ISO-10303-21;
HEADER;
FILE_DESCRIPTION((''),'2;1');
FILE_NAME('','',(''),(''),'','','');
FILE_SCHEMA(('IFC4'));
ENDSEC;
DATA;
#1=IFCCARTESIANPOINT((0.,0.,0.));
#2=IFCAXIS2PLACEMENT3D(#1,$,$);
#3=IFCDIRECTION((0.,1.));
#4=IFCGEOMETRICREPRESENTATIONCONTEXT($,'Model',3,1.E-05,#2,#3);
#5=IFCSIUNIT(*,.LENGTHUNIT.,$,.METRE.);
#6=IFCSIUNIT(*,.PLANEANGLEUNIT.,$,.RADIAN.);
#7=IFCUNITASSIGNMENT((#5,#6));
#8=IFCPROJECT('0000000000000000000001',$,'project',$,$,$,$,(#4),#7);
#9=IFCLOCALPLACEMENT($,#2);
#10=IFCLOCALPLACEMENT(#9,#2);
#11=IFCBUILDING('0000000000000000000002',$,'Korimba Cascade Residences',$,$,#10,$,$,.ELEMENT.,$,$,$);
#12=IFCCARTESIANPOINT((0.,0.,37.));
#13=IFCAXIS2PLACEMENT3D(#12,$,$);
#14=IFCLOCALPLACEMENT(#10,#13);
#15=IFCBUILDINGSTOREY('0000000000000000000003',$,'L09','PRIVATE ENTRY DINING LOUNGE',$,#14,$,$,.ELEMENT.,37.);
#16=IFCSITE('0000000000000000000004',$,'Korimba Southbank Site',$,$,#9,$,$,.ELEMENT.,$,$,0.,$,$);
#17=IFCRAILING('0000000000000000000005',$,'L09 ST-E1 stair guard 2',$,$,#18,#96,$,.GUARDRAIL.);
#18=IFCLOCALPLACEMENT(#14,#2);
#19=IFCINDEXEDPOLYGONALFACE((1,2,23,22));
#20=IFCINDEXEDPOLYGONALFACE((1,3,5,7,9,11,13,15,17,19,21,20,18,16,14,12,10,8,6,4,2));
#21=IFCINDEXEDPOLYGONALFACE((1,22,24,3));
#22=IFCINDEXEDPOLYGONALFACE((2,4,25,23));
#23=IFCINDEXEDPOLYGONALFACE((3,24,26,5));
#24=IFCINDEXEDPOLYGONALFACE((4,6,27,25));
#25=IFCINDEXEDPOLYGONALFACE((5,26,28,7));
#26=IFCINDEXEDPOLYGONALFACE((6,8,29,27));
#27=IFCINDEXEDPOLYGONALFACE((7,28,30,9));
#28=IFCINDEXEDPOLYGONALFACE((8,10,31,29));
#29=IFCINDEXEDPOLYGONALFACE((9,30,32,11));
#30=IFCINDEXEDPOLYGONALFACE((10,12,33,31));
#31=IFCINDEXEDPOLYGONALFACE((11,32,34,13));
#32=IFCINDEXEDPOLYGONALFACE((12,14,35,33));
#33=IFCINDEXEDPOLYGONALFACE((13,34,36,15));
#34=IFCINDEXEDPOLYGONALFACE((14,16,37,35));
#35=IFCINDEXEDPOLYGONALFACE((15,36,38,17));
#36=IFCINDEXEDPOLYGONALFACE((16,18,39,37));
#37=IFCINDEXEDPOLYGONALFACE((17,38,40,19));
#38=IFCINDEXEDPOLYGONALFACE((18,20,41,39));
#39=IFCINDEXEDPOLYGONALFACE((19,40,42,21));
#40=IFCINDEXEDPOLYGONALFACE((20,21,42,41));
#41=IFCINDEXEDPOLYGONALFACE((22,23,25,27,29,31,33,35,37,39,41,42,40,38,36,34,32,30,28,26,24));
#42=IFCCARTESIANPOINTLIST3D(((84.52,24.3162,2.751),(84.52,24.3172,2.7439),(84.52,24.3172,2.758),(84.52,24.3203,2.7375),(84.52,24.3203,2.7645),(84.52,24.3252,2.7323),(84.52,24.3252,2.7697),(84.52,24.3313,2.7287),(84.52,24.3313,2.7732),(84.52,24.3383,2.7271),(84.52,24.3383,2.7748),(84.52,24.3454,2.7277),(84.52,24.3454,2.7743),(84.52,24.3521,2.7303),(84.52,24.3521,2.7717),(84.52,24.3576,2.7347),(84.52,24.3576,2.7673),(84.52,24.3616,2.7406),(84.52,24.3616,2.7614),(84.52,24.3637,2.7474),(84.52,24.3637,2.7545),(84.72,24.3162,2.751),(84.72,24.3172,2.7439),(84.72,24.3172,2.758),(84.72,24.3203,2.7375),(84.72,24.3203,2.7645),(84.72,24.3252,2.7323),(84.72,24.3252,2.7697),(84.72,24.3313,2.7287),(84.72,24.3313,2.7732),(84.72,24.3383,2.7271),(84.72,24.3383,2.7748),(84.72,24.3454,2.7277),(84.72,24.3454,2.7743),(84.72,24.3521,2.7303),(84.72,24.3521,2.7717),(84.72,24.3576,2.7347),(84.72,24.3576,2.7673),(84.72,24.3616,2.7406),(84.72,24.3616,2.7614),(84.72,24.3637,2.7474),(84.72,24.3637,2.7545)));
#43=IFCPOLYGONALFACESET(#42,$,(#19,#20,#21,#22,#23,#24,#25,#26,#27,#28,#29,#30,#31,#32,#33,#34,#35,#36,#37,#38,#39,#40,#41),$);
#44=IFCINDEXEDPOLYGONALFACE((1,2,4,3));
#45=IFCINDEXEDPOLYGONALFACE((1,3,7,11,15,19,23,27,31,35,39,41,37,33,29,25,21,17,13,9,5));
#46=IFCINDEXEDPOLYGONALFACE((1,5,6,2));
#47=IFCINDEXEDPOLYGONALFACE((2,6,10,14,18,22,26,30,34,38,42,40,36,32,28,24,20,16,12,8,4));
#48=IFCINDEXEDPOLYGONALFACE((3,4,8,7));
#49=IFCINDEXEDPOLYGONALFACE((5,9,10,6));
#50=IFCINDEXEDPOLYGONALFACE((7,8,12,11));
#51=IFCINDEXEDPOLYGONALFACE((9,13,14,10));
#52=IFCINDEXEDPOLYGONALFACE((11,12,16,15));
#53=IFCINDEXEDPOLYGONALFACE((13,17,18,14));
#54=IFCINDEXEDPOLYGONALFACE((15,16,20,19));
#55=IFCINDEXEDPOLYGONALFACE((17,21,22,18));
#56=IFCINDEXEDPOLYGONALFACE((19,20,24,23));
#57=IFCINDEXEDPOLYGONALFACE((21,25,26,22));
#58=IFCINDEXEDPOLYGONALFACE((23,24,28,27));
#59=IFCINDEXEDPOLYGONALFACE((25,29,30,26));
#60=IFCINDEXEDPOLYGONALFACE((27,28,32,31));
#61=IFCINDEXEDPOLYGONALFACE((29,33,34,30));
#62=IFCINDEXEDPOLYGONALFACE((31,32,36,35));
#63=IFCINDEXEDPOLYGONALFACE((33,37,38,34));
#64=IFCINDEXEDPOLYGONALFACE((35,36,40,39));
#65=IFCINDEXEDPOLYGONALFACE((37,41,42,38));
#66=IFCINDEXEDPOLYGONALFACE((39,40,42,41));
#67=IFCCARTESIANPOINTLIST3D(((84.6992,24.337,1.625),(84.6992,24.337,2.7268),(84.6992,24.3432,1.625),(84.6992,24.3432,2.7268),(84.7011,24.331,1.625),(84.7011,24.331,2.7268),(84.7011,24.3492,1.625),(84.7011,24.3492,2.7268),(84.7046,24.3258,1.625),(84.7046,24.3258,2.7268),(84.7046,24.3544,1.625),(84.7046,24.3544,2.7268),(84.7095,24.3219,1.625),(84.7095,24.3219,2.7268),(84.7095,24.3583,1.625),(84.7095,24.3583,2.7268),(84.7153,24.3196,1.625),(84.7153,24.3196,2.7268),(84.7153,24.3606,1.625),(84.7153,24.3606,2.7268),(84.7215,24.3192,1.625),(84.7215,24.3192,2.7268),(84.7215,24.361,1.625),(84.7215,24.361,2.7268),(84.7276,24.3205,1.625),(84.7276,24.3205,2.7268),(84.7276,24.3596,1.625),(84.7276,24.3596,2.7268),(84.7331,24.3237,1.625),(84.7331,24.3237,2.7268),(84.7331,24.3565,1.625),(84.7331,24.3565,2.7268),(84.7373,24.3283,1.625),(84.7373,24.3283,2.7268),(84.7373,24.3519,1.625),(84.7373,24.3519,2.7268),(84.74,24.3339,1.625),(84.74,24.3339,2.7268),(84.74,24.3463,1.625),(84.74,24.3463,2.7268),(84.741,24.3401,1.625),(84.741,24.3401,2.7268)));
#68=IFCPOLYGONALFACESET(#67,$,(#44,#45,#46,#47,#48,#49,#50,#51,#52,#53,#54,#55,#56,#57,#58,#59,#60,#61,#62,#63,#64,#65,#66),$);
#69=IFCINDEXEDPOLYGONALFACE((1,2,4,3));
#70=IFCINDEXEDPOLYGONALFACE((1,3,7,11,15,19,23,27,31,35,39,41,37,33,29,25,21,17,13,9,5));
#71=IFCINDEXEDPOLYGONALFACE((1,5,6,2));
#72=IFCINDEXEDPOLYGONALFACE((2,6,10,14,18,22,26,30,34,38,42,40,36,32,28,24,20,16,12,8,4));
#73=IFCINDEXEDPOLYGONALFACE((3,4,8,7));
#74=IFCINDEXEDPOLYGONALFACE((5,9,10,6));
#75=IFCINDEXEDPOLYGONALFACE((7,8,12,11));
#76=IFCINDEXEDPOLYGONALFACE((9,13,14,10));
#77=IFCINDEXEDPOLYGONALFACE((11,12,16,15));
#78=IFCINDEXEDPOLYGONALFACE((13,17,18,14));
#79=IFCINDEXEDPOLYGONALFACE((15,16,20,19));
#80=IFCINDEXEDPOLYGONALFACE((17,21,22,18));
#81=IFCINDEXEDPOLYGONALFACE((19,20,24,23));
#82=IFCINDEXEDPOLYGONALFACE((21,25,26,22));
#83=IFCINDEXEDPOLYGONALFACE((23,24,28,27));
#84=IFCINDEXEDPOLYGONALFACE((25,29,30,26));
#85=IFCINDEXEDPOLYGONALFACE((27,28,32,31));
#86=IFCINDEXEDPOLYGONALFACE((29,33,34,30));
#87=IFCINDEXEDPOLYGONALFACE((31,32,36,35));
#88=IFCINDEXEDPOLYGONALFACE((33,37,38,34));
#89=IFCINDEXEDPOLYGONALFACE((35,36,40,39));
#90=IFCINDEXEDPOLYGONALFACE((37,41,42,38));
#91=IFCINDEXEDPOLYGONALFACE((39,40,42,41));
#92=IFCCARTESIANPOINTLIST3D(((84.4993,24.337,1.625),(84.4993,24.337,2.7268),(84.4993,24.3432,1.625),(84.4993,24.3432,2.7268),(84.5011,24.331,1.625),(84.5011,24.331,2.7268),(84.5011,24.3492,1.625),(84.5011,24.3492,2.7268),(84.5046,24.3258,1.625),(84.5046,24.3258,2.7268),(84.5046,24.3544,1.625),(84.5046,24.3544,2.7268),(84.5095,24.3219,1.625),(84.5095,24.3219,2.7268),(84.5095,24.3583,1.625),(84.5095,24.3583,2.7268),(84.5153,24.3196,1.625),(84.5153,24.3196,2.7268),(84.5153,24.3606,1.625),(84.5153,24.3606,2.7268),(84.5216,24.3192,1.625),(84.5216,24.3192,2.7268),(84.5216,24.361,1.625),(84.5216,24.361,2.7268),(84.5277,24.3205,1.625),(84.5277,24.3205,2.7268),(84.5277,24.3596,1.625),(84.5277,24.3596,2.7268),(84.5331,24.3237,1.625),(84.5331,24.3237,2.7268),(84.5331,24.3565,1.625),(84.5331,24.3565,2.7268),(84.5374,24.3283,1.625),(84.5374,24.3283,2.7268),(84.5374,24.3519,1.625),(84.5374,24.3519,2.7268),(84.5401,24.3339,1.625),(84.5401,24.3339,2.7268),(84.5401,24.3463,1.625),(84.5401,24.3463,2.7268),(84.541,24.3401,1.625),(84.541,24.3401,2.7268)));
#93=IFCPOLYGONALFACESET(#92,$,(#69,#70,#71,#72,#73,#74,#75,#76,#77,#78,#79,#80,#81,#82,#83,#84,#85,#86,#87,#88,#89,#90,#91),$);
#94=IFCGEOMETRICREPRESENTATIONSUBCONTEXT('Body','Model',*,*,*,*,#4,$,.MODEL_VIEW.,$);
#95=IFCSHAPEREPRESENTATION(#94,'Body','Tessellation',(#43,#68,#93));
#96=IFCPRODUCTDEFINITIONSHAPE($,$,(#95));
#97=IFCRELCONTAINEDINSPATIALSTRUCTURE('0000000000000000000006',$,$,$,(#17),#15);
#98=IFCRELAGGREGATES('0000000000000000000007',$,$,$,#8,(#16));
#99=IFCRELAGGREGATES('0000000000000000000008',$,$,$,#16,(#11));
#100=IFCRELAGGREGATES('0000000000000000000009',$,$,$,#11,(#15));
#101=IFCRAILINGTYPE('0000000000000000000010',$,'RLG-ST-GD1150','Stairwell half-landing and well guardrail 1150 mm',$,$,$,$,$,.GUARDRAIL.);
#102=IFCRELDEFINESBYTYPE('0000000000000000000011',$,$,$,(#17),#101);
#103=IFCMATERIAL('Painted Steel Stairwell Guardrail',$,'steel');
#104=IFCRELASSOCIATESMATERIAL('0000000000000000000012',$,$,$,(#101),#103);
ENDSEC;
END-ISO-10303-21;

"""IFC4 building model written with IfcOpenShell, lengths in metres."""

from ifc_helpers import new_model, si_unit, direction, frame, origin, origin_2d, place, context, subcontext, project, spatial, circle, extrude, material, type_object, element, save


model = new_model("IFC4")

# Units and contexts
model_context = context("Model", 3, precision=1e-05, world=origin(), true_north=direction((0.0, 1.0)))
body_context = subcontext(model_context, "Body", "Model", "MODEL_VIEW")
ifc_project = project(units=[si_unit("LENGTHUNIT", "METRE"), si_unit("PLANEANGLEUNIT", "RADIAN")], contexts=[model_context])

# Site, building, storey
site_placement = place(None, origin())
site = spatial("IfcSite", under=ifc_project, at=site_placement, Name="Korimba Southbank Site", CompositionType="ELEMENT", RefElevation=0.0)
building_placement = place(site_placement, origin())
building = spatial("IfcBuilding", under=site, at=building_placement, Name="Korimba Cascade Residences", CompositionType="ELEMENT")
storey_placement = place(building_placement, frame((0.0, 0.0, 37.0)))
storey = spatial("IfcBuildingStorey", under=building, at=storey_placement, Name="L09", Description="PRIVATE ENTRY DINING LOUNGE", CompositionType="ELEMENT", Elevation=37.0)

# Railing
ifc_material_1 = material(Name="Painted Steel Stairwell Guardrail", Category="steel")
railing_type_1 = type_object("IfcRailingType", Name="RLG-ST-GD1150", Description="Stairwell half-landing and well guardrail 1150 mm", PredefinedType="GUARDRAIL", material=ifc_material_1)
railing_1_placement = place(storey_placement, frame((84.72, 24.3401, 1.625)))
element("IfcRailing", 1, at=railing_1_placement, inside=storey, type_object=railing_type_1, Name="L09 ST-E1 stair guard 2", PredefinedType="GUARDRAIL", context=body_context, shape_type="SweptSolid", body=[
    extrude(circle(Radius=0.0239, at=origin_2d()), frame((0.0, 0.0, 1.126), z_axis=(-1.0, 0.0, 0.0), x_axis=(0.0, -1.0, 0.0)), (0.0, 0.0, 1.0), 0.2),
    extrude(circle(Radius=0.021, at=origin_2d()), origin(), (0.0, 0.0, 1.0), 1.1018),
    extrude(circle(Radius=0.021, at=origin_2d()), frame((-0.2, 0.0, 0.0)), (0.0, 0.0, 1.0), 1.1018),
])

save(model, "model.ifc")
